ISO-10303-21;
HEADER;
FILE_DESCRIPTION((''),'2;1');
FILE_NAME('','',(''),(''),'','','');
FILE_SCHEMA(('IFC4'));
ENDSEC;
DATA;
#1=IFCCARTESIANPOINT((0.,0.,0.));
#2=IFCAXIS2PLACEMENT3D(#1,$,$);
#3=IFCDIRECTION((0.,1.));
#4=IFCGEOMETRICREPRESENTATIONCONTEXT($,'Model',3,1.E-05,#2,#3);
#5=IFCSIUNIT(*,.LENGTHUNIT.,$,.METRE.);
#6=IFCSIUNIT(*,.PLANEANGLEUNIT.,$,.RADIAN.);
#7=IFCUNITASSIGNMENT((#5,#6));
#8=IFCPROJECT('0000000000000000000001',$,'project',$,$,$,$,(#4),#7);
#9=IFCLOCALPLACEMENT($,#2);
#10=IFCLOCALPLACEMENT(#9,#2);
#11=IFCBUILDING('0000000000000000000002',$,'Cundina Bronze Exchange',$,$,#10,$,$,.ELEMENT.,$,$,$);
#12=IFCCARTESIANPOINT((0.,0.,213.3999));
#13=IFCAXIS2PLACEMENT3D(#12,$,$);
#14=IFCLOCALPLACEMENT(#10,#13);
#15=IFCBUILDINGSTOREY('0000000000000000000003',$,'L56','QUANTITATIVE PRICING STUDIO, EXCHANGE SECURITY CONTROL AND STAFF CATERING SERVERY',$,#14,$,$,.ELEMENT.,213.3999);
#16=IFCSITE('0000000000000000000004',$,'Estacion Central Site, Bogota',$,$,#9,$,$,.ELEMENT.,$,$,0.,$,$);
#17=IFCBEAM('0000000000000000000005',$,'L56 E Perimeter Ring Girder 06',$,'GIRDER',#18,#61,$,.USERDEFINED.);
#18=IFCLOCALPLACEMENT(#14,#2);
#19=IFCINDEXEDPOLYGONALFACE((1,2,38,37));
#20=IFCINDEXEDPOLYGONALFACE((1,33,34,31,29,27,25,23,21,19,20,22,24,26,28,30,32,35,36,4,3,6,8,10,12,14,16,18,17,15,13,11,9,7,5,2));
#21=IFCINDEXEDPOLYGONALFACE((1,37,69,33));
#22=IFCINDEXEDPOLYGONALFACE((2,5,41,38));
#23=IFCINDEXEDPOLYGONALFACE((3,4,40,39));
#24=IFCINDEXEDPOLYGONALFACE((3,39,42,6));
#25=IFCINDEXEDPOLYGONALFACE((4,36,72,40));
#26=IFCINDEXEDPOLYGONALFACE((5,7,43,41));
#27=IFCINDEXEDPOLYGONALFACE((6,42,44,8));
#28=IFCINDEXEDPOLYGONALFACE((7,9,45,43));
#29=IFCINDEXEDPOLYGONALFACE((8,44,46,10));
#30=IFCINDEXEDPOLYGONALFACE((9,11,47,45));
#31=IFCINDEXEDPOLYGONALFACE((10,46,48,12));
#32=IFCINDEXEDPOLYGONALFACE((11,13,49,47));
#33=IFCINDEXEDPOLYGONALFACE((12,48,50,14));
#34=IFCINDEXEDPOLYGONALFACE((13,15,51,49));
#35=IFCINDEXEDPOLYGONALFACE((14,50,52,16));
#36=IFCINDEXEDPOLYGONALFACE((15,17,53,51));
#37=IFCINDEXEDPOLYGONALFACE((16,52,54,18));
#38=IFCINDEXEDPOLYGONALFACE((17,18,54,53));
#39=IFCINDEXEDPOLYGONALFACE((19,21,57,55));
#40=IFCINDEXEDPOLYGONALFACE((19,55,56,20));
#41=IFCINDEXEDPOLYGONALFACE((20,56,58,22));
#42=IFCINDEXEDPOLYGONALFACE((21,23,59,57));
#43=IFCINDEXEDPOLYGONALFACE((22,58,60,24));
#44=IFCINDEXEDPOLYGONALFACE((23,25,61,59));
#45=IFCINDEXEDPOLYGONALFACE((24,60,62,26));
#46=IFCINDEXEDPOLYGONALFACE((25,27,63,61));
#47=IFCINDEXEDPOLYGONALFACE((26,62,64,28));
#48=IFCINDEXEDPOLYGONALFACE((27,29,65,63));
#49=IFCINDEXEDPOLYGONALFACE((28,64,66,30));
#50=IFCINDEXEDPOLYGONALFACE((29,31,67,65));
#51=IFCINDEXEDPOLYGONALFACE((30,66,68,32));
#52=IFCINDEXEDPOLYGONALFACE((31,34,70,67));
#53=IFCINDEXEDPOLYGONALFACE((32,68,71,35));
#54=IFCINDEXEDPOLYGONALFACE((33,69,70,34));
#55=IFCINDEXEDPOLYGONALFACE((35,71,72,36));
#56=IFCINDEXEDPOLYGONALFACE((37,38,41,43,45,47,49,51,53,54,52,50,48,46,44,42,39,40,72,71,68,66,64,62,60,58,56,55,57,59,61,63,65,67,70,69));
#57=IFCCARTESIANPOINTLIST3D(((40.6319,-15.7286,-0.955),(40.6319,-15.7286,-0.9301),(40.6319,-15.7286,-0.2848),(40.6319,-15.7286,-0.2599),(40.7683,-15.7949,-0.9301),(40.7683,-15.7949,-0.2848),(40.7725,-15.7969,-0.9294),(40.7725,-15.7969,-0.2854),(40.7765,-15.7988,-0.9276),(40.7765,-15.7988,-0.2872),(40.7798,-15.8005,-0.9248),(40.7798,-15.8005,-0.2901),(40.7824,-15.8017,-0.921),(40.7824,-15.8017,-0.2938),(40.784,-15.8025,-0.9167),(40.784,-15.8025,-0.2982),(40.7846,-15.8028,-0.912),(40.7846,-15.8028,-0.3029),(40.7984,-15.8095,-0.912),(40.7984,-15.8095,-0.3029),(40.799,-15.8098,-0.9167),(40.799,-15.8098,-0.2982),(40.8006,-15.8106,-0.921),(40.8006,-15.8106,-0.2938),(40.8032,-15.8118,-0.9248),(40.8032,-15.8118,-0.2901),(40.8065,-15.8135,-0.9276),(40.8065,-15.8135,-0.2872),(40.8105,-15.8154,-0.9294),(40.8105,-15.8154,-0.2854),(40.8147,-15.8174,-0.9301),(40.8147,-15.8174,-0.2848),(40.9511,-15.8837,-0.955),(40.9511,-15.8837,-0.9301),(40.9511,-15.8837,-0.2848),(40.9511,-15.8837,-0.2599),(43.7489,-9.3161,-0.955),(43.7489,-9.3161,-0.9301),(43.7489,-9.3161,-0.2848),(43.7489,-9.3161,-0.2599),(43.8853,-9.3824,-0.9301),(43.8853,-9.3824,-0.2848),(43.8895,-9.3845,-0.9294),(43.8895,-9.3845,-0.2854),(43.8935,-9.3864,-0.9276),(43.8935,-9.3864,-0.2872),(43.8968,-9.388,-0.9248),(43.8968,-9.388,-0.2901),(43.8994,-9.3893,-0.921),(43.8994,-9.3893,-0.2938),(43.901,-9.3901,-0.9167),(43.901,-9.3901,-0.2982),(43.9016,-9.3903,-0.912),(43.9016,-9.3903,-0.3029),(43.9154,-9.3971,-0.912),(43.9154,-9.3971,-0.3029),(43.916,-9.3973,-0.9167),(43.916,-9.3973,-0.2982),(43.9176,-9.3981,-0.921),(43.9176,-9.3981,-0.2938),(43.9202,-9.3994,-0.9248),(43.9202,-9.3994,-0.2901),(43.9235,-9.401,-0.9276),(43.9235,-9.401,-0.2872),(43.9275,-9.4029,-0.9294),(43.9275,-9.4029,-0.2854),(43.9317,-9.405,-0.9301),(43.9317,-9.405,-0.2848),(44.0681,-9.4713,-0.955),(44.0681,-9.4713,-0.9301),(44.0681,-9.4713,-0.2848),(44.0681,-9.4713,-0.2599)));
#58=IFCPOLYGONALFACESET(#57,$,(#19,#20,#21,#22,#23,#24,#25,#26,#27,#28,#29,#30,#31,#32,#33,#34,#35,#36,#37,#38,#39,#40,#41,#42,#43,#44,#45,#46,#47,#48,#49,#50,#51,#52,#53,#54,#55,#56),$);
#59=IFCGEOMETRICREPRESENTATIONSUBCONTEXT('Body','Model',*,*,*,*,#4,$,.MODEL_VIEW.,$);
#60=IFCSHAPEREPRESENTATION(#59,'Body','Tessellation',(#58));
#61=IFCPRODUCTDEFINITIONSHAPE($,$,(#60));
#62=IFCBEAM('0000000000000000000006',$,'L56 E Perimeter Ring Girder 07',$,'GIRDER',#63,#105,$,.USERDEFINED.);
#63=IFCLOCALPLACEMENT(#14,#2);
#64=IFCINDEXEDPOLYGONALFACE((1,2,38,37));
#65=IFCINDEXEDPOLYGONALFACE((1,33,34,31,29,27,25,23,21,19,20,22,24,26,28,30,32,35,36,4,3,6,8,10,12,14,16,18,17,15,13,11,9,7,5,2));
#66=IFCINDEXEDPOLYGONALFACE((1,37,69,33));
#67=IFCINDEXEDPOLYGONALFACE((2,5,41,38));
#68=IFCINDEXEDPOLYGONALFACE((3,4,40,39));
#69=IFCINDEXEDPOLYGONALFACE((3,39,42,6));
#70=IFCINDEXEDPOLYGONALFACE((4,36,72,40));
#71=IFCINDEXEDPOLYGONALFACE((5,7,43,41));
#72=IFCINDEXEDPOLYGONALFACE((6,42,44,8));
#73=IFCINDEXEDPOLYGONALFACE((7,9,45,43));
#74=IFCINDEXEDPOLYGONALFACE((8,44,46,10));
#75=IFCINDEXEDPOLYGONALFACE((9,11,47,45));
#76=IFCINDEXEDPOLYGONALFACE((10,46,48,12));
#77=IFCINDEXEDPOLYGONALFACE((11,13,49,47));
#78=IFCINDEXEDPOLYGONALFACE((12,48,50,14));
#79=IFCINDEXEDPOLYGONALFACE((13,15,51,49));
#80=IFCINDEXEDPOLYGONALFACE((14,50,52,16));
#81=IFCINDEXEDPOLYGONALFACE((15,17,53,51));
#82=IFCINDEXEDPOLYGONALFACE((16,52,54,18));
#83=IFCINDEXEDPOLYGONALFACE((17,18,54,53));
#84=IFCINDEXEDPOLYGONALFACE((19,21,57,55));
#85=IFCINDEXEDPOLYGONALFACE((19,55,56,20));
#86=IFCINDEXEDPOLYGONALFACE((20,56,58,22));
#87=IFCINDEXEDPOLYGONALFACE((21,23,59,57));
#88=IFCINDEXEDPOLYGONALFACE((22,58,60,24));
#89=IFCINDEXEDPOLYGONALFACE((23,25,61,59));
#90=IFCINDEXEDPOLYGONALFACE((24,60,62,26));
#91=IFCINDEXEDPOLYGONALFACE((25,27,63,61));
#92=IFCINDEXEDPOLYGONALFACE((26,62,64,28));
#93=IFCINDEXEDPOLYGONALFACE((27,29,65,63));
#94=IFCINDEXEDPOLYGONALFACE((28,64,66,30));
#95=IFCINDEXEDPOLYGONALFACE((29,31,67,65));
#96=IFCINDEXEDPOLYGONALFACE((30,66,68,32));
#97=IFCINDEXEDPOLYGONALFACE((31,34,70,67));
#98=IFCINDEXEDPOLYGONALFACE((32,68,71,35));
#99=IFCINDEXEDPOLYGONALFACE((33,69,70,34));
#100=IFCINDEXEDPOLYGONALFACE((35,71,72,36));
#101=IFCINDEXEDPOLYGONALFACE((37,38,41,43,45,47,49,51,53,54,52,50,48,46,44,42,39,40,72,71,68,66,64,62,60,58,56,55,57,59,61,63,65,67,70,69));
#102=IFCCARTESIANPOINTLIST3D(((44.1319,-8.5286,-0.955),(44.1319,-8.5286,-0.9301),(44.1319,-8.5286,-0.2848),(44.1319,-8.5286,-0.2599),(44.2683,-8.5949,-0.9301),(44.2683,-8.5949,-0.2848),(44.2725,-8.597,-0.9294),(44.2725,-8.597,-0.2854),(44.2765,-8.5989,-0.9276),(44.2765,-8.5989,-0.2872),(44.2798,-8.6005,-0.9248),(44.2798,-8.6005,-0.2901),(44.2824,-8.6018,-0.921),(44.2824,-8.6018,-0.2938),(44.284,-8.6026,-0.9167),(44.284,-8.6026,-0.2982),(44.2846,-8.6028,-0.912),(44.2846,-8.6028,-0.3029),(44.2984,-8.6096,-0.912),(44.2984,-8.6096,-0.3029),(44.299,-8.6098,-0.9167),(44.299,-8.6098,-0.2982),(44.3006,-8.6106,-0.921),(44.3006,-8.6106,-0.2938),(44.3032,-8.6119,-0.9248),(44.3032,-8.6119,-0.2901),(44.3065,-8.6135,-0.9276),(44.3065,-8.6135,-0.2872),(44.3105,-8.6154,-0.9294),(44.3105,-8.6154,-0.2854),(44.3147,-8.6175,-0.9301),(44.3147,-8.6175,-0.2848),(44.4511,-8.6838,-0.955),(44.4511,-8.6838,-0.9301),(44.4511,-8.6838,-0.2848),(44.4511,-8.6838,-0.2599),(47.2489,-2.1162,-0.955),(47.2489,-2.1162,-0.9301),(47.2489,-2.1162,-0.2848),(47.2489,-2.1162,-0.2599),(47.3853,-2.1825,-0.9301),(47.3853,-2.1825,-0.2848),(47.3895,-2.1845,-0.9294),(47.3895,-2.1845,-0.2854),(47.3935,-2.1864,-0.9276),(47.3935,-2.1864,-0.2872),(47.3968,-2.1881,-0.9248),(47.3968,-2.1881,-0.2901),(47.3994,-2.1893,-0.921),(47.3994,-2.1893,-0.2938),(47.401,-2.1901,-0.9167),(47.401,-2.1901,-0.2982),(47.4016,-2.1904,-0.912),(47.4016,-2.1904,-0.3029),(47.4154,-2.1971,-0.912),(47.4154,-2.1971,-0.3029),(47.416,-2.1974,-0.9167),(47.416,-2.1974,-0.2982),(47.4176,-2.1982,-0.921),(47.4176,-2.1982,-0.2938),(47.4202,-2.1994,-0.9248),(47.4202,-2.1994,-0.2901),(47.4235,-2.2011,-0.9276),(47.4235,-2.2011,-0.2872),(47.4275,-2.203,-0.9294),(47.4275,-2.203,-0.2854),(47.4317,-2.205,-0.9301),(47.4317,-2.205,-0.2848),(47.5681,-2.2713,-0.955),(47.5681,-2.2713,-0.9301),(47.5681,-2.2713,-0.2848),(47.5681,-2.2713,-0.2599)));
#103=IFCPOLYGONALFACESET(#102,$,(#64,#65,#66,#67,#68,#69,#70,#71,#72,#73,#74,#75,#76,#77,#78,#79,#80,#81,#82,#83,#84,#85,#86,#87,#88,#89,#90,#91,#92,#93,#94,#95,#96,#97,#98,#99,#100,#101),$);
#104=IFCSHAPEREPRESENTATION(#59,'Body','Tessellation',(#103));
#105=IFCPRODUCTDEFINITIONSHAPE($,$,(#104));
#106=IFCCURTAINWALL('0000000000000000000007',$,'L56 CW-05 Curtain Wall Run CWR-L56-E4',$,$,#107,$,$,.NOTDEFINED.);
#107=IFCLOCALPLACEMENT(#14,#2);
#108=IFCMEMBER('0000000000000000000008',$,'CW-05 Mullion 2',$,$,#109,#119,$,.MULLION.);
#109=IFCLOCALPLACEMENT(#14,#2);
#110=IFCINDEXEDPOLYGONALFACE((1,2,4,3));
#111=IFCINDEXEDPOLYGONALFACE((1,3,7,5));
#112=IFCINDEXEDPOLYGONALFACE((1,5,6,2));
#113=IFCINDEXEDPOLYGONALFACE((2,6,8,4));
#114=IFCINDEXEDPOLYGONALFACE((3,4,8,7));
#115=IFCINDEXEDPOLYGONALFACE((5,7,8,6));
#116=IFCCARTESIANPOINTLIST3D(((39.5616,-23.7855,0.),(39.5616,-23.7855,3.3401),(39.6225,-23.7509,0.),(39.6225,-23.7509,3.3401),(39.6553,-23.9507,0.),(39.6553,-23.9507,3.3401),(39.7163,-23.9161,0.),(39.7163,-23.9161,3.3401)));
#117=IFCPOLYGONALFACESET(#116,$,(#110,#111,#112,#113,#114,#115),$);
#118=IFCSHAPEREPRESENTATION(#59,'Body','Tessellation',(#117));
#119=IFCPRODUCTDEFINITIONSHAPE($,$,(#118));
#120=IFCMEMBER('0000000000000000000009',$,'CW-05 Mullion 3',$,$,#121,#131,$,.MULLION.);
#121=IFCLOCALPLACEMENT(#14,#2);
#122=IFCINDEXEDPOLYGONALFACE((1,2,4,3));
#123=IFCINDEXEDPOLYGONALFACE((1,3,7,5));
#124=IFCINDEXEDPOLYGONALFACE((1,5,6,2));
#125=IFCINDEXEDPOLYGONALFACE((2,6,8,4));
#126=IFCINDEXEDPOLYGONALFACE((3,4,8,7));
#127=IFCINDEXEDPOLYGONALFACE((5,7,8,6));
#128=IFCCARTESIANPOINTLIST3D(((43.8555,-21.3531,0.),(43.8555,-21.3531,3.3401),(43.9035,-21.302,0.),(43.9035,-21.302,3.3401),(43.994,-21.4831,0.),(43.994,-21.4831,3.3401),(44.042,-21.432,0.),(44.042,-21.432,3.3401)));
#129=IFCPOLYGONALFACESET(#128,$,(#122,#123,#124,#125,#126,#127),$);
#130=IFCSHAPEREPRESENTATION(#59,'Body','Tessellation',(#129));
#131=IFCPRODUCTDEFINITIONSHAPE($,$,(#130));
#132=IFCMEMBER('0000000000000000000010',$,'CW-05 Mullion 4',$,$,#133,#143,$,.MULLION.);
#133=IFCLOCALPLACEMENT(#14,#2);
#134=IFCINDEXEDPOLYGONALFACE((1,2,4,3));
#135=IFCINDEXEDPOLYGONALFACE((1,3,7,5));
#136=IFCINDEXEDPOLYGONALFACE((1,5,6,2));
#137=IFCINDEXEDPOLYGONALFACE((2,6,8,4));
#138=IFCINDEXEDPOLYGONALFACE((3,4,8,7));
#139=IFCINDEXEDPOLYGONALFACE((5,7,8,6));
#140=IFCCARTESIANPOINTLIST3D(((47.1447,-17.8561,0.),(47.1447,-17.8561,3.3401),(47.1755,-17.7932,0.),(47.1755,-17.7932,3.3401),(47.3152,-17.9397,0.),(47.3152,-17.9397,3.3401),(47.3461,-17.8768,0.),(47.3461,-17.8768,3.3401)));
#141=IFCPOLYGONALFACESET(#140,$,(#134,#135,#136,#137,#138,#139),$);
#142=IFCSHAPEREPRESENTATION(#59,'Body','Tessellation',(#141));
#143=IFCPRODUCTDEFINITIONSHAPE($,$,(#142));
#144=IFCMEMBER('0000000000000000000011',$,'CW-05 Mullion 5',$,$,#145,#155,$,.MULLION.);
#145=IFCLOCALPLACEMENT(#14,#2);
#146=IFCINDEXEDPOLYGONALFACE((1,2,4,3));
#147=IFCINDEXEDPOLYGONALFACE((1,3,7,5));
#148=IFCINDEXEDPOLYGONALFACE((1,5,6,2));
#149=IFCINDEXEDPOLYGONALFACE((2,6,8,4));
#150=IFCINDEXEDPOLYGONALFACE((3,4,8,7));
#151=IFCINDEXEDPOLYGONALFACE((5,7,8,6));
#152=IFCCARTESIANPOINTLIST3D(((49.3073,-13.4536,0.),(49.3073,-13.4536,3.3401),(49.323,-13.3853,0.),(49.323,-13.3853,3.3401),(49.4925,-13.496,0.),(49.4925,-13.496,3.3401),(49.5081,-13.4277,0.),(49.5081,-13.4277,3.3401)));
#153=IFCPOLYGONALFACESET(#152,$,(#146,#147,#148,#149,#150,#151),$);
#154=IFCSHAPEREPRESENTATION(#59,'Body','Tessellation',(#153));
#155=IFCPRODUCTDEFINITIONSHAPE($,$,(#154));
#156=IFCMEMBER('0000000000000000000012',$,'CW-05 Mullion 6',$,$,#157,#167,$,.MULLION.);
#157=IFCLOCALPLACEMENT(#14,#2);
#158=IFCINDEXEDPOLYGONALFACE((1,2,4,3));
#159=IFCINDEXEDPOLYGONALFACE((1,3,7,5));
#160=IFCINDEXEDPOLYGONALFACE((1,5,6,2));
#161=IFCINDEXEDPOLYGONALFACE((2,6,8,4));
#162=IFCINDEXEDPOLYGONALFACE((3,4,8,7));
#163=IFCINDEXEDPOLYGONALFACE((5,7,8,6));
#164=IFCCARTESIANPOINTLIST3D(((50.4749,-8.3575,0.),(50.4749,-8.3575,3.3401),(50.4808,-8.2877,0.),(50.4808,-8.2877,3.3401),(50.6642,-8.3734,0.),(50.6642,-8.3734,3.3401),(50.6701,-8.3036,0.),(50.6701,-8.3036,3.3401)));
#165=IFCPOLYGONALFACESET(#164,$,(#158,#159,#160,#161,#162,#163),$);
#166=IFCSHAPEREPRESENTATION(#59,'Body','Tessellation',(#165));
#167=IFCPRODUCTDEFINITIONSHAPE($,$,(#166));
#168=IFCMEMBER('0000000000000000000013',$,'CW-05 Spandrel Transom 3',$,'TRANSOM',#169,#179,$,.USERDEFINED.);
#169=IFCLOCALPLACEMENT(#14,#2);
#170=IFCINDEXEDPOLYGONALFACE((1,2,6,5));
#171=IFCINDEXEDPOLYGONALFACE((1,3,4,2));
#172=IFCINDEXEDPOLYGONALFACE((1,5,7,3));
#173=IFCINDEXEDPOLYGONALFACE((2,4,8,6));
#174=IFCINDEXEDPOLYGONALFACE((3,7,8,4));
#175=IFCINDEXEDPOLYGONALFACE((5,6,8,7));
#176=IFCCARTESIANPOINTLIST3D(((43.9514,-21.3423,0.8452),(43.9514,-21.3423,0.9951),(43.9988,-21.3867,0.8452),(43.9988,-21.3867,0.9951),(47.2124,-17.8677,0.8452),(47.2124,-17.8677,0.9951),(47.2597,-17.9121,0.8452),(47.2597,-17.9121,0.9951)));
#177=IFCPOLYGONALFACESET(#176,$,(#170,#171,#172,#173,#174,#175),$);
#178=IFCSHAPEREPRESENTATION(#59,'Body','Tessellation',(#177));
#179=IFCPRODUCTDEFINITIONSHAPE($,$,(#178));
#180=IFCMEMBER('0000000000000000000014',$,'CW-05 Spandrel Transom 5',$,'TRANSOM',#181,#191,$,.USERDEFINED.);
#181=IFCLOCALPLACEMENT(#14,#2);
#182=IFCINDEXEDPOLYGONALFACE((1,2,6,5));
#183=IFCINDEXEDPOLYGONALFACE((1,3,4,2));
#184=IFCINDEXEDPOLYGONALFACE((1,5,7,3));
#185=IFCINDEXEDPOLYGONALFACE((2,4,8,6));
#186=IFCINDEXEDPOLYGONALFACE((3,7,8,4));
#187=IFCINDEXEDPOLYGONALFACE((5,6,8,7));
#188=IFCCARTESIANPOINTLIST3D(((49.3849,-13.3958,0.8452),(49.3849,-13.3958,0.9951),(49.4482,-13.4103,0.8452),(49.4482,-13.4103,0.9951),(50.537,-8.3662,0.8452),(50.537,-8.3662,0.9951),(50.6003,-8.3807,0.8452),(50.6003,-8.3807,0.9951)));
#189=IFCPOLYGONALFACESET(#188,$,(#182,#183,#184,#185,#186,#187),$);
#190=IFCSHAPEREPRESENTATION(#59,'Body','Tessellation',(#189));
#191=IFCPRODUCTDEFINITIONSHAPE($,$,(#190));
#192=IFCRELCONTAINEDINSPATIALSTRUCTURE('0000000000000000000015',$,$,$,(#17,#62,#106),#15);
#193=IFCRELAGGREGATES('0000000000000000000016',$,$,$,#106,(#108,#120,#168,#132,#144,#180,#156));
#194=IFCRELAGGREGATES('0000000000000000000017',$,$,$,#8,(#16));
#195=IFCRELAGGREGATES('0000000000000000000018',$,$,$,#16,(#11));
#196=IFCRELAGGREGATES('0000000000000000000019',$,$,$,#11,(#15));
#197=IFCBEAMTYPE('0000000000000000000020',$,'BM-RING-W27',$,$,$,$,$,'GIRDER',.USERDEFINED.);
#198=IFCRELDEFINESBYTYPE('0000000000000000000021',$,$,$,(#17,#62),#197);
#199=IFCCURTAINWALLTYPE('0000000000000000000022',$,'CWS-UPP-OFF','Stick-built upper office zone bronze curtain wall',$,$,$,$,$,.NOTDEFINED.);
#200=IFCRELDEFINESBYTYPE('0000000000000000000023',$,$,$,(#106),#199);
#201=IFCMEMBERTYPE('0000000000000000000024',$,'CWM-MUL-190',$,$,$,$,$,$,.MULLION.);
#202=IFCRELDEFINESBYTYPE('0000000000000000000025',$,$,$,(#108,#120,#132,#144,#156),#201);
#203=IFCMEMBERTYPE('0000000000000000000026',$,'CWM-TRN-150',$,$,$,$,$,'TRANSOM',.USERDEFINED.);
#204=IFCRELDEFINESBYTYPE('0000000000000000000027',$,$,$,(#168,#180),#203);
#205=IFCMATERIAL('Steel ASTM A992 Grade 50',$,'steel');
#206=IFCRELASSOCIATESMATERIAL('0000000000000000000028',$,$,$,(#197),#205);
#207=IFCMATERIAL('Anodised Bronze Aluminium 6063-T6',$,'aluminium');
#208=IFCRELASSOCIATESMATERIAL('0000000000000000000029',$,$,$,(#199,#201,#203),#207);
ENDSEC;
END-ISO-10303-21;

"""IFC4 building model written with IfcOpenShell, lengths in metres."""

from ifc_helpers import new_model, si_unit, direction, frame, origin, origin_2d, place, context, subcontext, project, spatial, rectangle, i_section, extrude, material, material_profile, profile_set, type_object, element, aggregate, save


model = new_model("IFC4")

# Units and contexts
model_context = context("Model", 3, precision=1e-05, world=origin(), true_north=direction((0.0, 1.0)))
body_context = subcontext(model_context, "Body", "Model", "MODEL_VIEW")
ifc_project = project(units=[si_unit("LENGTHUNIT", "METRE"), si_unit("PLANEANGLEUNIT", "RADIAN")], contexts=[model_context])

# Site, building, storey
site_placement = place(None, origin())
site = spatial("IfcSite", under=ifc_project, at=site_placement, Name="Estacion Central Site, Bogota", CompositionType="ELEMENT", RefElevation=0.0)
building_placement = place(site_placement, origin())
building = spatial("IfcBuilding", under=site, at=building_placement, Name="Cundina Bronze Exchange", CompositionType="ELEMENT")
storey_placement = place(building_placement, frame((0.0, 0.0, 213.3999)))
storey = spatial("IfcBuildingStorey", under=building, at=storey_placement, Name="L56", Description="QUANTITATIVE PRICING STUDIO, EXCHANGE SECURITY CONTROL AND STAFF CATERING SERVERY", CompositionType="ELEMENT", Elevation=213.3999)

# Beams
ifc_material_1 = material(Name="Steel ASTM A992 Grade 50", Category="steel")
ifc_material_profile_1 = material_profile(ifc_material_1, i_section(OverallWidth=0.355, OverallDepth=0.6951, WebThickness=0.0154, FlangeThickness=0.0249, FilletRadius=0.0181, at=origin_2d()), Name="W27X146", Category="steel")
ifc_profile_set_1 = profile_set([ifc_material_profile_1], Name="Steel ASTM A992 Grade 50")
beam_type_1 = type_object("IfcBeamType", Name="BM-RING-W27", ElementType="GIRDER", PredefinedType="USERDEFINED", material=ifc_profile_set_1)
for number, where, z_axis, x_axis, name in (
    (1, (40.7915, -15.8062, -0.6074), (0.437173, 0.899377, 0.0), (-0.899377, 0.437173, 0.0), "L56 E Perimeter Ring Girder 06"),
    (2, (44.2915, -8.6062, -0.6074), (0.437173, 0.899377, 0.0), (-0.899377, 0.437173, 0.0), "L56 E Perimeter Ring Girder 07"),
):
    element("IfcBeam", number, at=place(storey_placement, frame(where, z_axis=z_axis, x_axis=x_axis)), inside=storey, type_object=beam_type_1, Name=name, ObjectType="GIRDER", PredefinedType="USERDEFINED", context=body_context, shape_type="SweptSolid", body=[
        extrude(i_section(OverallWidth=0.355, OverallDepth=0.6951, WebThickness=0.0154, FlangeThickness=0.0249, FilletRadius=0.0181, at=origin_2d()), origin(), (0.0, 0.0, 1.0), 7.1299),
    ])

# Curtain wall, members
ifc_material_2 = material(Name="Anodised Bronze Aluminium 6063-T6", Category="aluminium")
curtain_wall_type = type_object("IfcCurtainWallType", Name="CWS-UPP-OFF", Description="Stick-built upper office zone bronze curtain wall", PredefinedType="NOTDEFINED", material=ifc_material_2)
curtain_wall_placement = place(storey_placement, origin())
curtain_wall = element("IfcCurtainWall", 3, at=curtain_wall_placement, inside=storey, type_object=curtain_wall_type, Name="L56 CW-05 Curtain Wall Run CWR-L56-E4", PredefinedType="NOTDEFINED")
ifc_material_profile_2 = material_profile(ifc_material_2, rectangle(XDim=0.0701, YDim=0.1899, at=origin_2d()), Name="AL70X190", Category="aluminium")
ifc_profile_set_2 = profile_set([ifc_material_profile_2], Name="Anodised Bronze Aluminium 6063-T6")
member_type_1 = type_object("IfcMemberType", Name="CWM-MUL-190", PredefinedType="MULLION", material=ifc_profile_set_2)
member_1_placement = place(storey_placement, frame((39.6389, -23.8508, 0.0), z_axis=(0.0, 0.0, 1.0), x_axis=(0.869581, 0.49379, 0.0)))
member_1 = element("IfcMember", 4, at=member_1_placement, type_object=member_type_1, Name="CW-05 Mullion 2", PredefinedType="MULLION", context=body_context, shape_type="SweptSolid", body=[
    extrude(rectangle(XDim=0.0701, YDim=0.1899, at=origin_2d()), origin(), (0.0, 0.0, 1.0), 3.3401),
])
member_2_placement = place(storey_placement, frame((43.9487, -21.3926, 0.0), z_axis=(0.0, 0.0, 1.0), x_axis=(0.684293, 0.729208, 0.0)))
member_2 = element("IfcMember", 5, at=member_2_placement, type_object=member_type_1, Name="CW-05 Mullion 3", PredefinedType="MULLION", context=body_context, shape_type="SweptSolid", body=[
    extrude(rectangle(XDim=0.0701, YDim=0.1899, at=origin_2d()), origin(), (0.0, 0.0, 1.0), 3.3401),
])
member_3_placement = place(storey_placement, frame((47.2454, -17.8665, 0.0), z_axis=(0.0, 0.0, 1.0), x_axis=(0.440566, 0.89772, 0.0)))
member_3 = element("IfcMember", 6, at=member_3_placement, type_object=member_type_1, Name="CW-05 Mullion 4", PredefinedType="MULLION", context=body_context, shape_type="SweptSolid", body=[
    extrude(rectangle(XDim=0.0701, YDim=0.1899, at=origin_2d()), origin(), (0.0, 0.0, 1.0), 3.3401),
])
member_4_placement = place(storey_placement, frame((49.4077, -13.4407, 0.0), z_axis=(0.0, 0.0, 1.0), x_axis=(0.22325, 0.974761, 0.0)))
member_4 = element("IfcMember", 7, at=member_4_placement, type_object=member_type_1, Name="CW-05 Mullion 5", PredefinedType="MULLION", context=body_context, shape_type="SweptSolid", body=[
    extrude(rectangle(XDim=0.0701, YDim=0.1899, at=origin_2d()), origin(), (0.0, 0.0, 1.0), 3.3401),
])
member_5_placement = place(storey_placement, frame((50.5725, -8.3306, 0.0), z_axis=(0.0, 0.0, 1.0), x_axis=(0.083678, 0.996493, 0.0)))
member_5 = element("IfcMember", 8, at=member_5_placement, type_object=member_type_1, Name="CW-05 Mullion 6", PredefinedType="MULLION", context=body_context, shape_type="SweptSolid", body=[
    extrude(rectangle(XDim=0.0701, YDim=0.1899, at=origin_2d()), origin(), (0.0, 0.0, 1.0), 3.3401),
])
ifc_material_profile_3 = material_profile(ifc_material_2, rectangle(XDim=0.0649, YDim=0.1499, at=origin_2d()), Name="AL65X150", Category="aluminium")
ifc_profile_set_3 = profile_set([ifc_material_profile_3], Name="Anodised Bronze Aluminium 6063-T6")
member_type_2 = type_object("IfcMemberType", Name="CWM-TRN-150", ElementType="TRANSOM", PredefinedType="USERDEFINED", material=ifc_profile_set_3)
member_6_placement = place(storey_placement, frame((43.9751, -21.3645, 0.9202), z_axis=(0.684336, 0.729166, 0.0), x_axis=(-0.729166, 0.684336, 0.0)))
member_6 = element("IfcMember", 9, at=member_6_placement, type_object=member_type_2, Name="CW-05 Spandrel Transom 3", ObjectType="TRANSOM", PredefinedType="USERDEFINED", context=body_context, shape_type="SweptSolid", body=[
    extrude(rectangle(XDim=0.0649, YDim=0.1499, at=origin_2d()), origin(), (0.0, 0.0, 1.0), 4.7651),
])
member_7_placement = place(storey_placement, frame((49.4165, -13.4031, 0.9202), z_axis=(0.223283, 0.974754, 0.0), x_axis=(-0.974754, 0.223283, 0.0)))
member_7 = element("IfcMember", 10, at=member_7_placement, type_object=member_type_2, Name="CW-05 Spandrel Transom 5", ObjectType="TRANSOM", PredefinedType="USERDEFINED", context=body_context, shape_type="SweptSolid", body=[
    extrude(rectangle(XDim=0.0649, YDim=0.1499, at=origin_2d()), origin(), (0.0, 0.0, 1.0), 5.1599),
])
aggregate(curtain_wall, [member_1, member_2, member_6, member_3, member_4, member_7, member_5])

save(model, "model.ifc")
